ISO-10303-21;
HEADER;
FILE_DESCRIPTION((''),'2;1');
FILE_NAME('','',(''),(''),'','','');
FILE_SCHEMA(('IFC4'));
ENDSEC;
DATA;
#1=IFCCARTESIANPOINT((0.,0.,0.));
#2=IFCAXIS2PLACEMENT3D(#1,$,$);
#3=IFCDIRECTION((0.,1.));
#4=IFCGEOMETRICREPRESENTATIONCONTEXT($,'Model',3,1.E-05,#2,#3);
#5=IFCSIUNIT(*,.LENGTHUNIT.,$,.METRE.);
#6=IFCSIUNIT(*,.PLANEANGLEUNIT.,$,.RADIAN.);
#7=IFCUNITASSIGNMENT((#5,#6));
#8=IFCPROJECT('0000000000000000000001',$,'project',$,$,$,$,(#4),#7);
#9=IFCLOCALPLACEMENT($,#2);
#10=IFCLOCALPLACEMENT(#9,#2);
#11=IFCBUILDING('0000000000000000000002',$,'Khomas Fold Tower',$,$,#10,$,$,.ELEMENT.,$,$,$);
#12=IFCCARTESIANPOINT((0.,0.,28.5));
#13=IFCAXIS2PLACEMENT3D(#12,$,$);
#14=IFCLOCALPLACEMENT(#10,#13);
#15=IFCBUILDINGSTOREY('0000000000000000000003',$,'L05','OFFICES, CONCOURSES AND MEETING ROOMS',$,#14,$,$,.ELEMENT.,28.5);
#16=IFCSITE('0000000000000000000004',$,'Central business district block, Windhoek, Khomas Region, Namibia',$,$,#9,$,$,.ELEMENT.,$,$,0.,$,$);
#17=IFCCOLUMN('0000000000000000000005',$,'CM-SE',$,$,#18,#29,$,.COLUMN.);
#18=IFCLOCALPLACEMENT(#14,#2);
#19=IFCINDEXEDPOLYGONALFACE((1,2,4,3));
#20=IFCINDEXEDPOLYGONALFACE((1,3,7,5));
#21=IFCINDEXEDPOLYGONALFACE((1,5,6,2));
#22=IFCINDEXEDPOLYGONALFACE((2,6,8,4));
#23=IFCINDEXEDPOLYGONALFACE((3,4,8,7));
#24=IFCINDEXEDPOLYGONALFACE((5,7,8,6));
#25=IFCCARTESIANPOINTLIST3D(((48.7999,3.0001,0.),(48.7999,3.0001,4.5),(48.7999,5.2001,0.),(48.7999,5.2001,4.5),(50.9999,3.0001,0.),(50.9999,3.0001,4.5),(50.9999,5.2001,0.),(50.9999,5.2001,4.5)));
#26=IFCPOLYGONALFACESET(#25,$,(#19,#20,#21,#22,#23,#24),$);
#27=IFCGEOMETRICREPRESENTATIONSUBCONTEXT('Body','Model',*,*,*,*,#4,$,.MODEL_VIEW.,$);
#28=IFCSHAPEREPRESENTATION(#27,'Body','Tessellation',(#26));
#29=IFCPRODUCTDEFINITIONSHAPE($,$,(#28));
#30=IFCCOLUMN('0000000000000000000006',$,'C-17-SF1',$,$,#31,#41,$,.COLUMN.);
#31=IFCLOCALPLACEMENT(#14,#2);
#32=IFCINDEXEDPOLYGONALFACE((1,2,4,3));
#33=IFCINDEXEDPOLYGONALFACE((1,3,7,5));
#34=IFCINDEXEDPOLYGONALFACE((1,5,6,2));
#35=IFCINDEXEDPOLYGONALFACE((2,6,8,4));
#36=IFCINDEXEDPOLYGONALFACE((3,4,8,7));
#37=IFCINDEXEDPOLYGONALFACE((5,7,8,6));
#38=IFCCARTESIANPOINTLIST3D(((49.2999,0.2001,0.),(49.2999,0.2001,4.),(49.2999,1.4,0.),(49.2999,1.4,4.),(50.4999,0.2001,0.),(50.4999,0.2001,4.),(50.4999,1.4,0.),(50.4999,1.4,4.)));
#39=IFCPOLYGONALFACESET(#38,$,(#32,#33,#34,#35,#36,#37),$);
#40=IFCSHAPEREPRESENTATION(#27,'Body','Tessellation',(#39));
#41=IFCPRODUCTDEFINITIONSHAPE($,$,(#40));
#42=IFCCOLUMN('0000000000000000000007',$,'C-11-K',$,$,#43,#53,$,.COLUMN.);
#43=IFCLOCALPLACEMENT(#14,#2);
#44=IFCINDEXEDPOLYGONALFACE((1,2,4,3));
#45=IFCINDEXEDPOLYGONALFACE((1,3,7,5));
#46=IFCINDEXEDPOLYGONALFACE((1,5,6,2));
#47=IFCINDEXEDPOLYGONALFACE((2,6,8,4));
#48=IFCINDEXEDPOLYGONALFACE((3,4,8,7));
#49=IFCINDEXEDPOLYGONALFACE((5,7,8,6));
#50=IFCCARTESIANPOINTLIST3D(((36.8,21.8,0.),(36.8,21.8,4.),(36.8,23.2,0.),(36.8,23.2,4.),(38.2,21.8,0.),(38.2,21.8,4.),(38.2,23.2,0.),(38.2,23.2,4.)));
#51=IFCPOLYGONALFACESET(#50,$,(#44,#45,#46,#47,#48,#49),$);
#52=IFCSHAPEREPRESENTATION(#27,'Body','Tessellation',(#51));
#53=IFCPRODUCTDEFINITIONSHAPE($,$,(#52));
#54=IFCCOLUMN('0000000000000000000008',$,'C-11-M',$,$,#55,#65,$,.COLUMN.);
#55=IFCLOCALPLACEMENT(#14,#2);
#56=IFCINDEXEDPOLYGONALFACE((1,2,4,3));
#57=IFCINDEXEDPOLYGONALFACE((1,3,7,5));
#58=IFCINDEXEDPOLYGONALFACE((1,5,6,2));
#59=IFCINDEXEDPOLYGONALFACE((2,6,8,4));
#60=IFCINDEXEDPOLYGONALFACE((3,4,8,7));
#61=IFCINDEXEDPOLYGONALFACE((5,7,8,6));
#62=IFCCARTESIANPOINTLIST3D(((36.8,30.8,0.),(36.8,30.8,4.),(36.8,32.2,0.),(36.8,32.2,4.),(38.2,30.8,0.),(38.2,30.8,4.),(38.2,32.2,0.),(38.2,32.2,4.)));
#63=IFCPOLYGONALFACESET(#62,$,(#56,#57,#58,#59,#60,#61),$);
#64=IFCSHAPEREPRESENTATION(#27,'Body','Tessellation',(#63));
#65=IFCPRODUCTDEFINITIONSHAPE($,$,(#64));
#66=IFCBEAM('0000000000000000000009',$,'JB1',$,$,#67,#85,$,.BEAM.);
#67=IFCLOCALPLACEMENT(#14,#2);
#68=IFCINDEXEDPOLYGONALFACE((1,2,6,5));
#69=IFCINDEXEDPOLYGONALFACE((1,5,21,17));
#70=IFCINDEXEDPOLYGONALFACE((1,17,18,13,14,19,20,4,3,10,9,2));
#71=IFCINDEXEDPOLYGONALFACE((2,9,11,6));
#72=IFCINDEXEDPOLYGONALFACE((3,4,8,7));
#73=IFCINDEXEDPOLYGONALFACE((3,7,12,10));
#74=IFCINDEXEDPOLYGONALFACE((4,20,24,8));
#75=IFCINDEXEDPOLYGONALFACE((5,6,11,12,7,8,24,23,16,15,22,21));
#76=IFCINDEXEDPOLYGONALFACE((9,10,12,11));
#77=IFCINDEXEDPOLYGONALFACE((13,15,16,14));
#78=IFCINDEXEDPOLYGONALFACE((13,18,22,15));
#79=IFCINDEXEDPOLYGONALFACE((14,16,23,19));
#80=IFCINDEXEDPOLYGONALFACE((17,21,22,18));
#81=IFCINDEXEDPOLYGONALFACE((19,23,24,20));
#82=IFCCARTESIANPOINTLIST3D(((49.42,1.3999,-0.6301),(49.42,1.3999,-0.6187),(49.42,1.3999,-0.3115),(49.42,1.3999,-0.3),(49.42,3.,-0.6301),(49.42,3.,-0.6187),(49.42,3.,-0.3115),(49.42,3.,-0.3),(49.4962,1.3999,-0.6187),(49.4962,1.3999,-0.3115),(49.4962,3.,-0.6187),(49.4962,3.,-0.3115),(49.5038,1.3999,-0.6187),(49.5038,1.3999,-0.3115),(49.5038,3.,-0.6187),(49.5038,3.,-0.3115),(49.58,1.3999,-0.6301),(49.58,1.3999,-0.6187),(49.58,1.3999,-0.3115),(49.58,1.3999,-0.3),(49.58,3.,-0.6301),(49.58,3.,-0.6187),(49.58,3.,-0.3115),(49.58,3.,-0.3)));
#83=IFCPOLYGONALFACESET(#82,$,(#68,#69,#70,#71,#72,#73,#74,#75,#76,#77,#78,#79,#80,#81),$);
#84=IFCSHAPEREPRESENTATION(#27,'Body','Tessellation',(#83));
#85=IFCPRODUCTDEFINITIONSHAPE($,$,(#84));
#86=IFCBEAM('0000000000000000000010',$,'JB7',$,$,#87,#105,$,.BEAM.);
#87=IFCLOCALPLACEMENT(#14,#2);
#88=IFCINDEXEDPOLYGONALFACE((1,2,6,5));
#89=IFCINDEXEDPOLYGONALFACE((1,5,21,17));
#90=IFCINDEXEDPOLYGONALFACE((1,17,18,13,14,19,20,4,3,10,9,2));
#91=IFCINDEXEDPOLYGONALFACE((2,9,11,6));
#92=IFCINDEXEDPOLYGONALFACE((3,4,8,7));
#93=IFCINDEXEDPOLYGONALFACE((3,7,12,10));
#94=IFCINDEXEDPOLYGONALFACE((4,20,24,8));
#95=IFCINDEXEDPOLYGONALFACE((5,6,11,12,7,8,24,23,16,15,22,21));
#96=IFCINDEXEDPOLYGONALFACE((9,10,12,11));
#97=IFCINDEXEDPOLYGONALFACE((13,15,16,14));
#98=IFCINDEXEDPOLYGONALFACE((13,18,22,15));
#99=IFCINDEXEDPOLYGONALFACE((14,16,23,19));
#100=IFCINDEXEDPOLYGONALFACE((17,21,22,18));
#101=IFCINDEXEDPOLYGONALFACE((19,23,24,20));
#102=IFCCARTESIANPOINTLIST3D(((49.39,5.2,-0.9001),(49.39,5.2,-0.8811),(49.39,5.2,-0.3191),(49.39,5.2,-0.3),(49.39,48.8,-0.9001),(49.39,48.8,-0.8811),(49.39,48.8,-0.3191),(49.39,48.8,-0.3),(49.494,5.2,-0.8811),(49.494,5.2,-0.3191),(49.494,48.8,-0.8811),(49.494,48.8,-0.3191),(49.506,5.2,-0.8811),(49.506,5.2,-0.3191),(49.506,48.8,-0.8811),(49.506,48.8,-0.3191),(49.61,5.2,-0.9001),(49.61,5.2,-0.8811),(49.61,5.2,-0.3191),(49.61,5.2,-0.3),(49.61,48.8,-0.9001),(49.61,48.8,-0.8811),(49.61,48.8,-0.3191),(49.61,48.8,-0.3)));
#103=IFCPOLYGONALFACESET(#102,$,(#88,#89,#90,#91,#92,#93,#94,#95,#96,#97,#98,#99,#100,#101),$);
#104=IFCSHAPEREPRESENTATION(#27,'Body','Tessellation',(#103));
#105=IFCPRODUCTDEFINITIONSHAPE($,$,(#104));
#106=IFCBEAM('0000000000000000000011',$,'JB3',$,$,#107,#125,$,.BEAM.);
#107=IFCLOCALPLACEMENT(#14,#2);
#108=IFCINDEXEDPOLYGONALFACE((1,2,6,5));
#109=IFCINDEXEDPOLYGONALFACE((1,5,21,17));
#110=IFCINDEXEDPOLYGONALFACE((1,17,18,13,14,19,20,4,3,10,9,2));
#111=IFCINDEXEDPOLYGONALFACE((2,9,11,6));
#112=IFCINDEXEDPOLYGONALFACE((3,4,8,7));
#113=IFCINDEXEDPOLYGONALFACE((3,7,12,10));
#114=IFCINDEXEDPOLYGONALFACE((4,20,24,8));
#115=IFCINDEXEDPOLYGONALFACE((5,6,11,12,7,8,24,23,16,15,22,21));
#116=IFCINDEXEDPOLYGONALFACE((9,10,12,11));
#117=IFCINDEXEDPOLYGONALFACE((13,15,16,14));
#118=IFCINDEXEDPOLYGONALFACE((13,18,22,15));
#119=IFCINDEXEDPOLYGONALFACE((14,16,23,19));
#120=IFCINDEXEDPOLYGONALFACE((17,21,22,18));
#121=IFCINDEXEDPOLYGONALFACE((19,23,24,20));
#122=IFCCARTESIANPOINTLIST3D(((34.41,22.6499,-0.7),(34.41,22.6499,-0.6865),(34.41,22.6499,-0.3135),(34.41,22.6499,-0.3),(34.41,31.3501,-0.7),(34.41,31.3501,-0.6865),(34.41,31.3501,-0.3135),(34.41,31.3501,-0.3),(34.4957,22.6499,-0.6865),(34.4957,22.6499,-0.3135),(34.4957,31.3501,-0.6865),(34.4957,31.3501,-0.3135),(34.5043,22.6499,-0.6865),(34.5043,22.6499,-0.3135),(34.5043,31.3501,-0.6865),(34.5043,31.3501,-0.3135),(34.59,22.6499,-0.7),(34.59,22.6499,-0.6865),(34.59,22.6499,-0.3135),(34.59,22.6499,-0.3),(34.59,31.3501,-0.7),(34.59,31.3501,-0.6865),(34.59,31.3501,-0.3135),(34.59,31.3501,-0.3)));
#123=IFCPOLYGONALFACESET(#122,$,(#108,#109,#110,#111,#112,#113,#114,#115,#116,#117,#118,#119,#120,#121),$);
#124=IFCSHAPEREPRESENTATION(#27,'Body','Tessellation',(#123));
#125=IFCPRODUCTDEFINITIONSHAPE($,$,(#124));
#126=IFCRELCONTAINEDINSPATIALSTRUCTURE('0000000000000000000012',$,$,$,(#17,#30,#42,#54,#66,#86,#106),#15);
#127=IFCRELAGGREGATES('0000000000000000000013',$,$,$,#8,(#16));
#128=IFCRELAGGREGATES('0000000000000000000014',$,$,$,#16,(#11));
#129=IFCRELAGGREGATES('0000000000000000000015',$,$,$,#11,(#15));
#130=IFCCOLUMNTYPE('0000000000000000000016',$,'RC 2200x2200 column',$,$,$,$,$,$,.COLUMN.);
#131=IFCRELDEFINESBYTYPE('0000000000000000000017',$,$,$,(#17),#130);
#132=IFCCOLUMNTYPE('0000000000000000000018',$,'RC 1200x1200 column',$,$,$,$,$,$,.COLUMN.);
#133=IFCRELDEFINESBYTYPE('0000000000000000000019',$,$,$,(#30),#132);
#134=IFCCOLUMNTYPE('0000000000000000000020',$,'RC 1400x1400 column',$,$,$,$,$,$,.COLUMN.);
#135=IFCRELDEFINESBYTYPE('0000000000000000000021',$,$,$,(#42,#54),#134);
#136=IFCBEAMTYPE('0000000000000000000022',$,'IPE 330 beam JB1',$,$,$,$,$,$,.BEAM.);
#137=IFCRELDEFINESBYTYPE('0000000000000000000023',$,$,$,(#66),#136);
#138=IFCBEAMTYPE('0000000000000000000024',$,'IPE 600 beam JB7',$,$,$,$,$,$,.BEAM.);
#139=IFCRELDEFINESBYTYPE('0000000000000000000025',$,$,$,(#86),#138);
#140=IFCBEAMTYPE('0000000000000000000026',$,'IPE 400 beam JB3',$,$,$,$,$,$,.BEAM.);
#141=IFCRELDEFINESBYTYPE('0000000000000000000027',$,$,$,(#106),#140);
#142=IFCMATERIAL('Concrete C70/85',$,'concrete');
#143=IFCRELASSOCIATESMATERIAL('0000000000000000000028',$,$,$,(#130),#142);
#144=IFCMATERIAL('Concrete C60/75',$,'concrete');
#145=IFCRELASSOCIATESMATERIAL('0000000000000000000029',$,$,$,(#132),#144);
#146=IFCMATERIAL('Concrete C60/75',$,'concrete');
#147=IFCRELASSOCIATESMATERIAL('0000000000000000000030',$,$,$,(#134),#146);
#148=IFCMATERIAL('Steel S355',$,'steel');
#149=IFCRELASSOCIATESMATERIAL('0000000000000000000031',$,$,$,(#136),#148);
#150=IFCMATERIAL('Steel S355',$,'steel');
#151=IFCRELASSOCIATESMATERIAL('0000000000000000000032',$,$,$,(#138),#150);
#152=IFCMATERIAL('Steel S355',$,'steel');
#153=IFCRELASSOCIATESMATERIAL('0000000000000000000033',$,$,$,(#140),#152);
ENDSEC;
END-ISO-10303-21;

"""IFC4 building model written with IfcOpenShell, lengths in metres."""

from ifc_helpers import new_model, si_unit, direction, frame, origin, origin_2d, place, context, subcontext, project, spatial, rectangle, i_section, extrude, source, transform, mapped, material, material_profile, profile_set, type_object, element, save


model = new_model("IFC4")

# Units and contexts
model_context = context("Model", 3, precision=1e-05, world=origin(), true_north=direction((0.0, 1.0)))
body_context = subcontext(model_context, "Body", "Model", "MODEL_VIEW")
ifc_project = project(units=[si_unit("LENGTHUNIT", "METRE"), si_unit("PLANEANGLEUNIT", "RADIAN")], contexts=[model_context])

# Site, building, storey
site_placement = place(None, origin())
site = spatial("IfcSite", under=ifc_project, at=site_placement, Name="Central business district block, Windhoek, Khomas Region, Namibia", CompositionType="ELEMENT", RefElevation=0.0)
building_placement = place(site_placement, origin())
building = spatial("IfcBuilding", under=site, at=building_placement, Name="Khomas Fold Tower", CompositionType="ELEMENT")
storey_placement = place(building_placement, frame((0.0, 0.0, 28.5)))
storey = spatial("IfcBuildingStorey", under=building, at=storey_placement, Name="L05", Description="OFFICES, CONCOURSES AND MEETING ROOMS", CompositionType="ELEMENT", Elevation=28.5)

# Columns
ifc_material_1 = material(Name="Concrete C70/85", Category="concrete")
ifc_material_profile_1 = material_profile(ifc_material_1, rectangle(XDim=2.2, YDim=2.2, at=origin_2d()), Name="RC 2200x2200")
ifc_profile_set_1 = profile_set([ifc_material_profile_1], Name="Concrete C70/85")
column_type_1 = type_object("IfcColumnType", Name="RC 2200x2200 column", PredefinedType="COLUMN", material=ifc_profile_set_1)
shared_shape_1 = source(origin(), body_context, "Body", "SweptSolid", [
    extrude(rectangle(XDim=2.2, YDim=2.2, at=origin_2d()), origin(), (0.0, 0.0, 1.0), 4.5),
])
column_1_placement = place(storey_placement, frame((49.8999, 4.1001, 0.0), z_axis=(0.0, 0.0, 1.0), x_axis=(1.0, 0.0, 0.0)))
element("IfcColumn", 1, at=column_1_placement, inside=storey, type_object=column_type_1, Name="CM-SE", PredefinedType="COLUMN", context=body_context, shape_type="MappedRepresentation", body=[
    mapped(shared_shape_1, transform((0.0, 0.0, 0.0))),
])
ifc_material_2 = material(Name="Concrete C60/75", Category="concrete")
ifc_material_profile_2 = material_profile(ifc_material_2, rectangle(XDim=1.2, YDim=1.2, at=origin_2d()), Name="RC 1200x1200")
ifc_profile_set_2 = profile_set([ifc_material_profile_2], Name="Concrete C60/75")
column_type_2 = type_object("IfcColumnType", Name="RC 1200x1200 column", PredefinedType="COLUMN", material=ifc_profile_set_2)
shared_shape_2 = source(origin(), body_context, "Body", "SweptSolid", [
    extrude(rectangle(XDim=1.2, YDim=1.2, at=origin_2d()), origin(), (0.0, 0.0, 1.0), 4.0),
])
column_2_placement = place(storey_placement, frame((49.8999, 0.8, 0.0), z_axis=(0.0, 0.0, 1.0), x_axis=(1.0, 0.0, 0.0)))
element("IfcColumn", 2, at=column_2_placement, inside=storey, type_object=column_type_2, Name="C-17-SF1", PredefinedType="COLUMN", context=body_context, shape_type="MappedRepresentation", body=[
    mapped(shared_shape_2, transform((0.0, 0.0, 0.0))),
])
ifc_material_3 = material(Name="Concrete C60/75", Category="concrete")
ifc_material_profile_3 = material_profile(ifc_material_3, rectangle(XDim=1.3999, YDim=1.3999, at=origin_2d()), Name="RC 1400x1400")
ifc_profile_set_3 = profile_set([ifc_material_profile_3], Name="Concrete C60/75")
column_type_3 = type_object("IfcColumnType", Name="RC 1400x1400 column", PredefinedType="COLUMN", material=ifc_profile_set_3)
shared_shape_3 = source(origin(), body_context, "Body", "SweptSolid", [
    extrude(rectangle(XDim=1.3999, YDim=1.3999, at=origin_2d()), origin(), (0.0, 0.0, 1.0), 4.0),
])
for number, where, z_axis, x_axis, name in (
    (3, (37.5, 22.5, 0.0), (0.0, 0.0, 1.0), (1.0, 0.0, 0.0), "C-11-K"),
    (4, (37.5, 31.5, 0.0), (0.0, 0.0, 1.0), (1.0, 0.0, 0.0), "C-11-M"),
):
    element("IfcColumn", number, at=place(storey_placement, frame(where, z_axis=z_axis, x_axis=x_axis)), inside=storey, type_object=column_type_3, Name=name, PredefinedType="COLUMN", context=body_context, shape_type="MappedRepresentation", body=[
        mapped(shared_shape_3, transform((0.0, 0.0, 0.0))),
    ])

# Beams
ifc_material_4 = material(Name="Steel S355", Category="steel")
ifc_material_profile_4 = material_profile(ifc_material_4, i_section(OverallWidth=0.1599, OverallDepth=0.3301, WebThickness=0.0076, FlangeThickness=0.0115, at=origin_2d()), Name="IPE 330")
ifc_profile_set_4 = profile_set([ifc_material_profile_4], Name="Steel S355")
beam_type_1 = type_object("IfcBeamType", Name="IPE 330 beam JB1", PredefinedType="BEAM", material=ifc_profile_set_4)
shared_shape_4 = source(origin(), body_context, "Body", "SweptSolid", [
    extrude(i_section(OverallWidth=0.1599, OverallDepth=0.3301, WebThickness=0.0076, FlangeThickness=0.0115, at=origin_2d()), origin(), (0.0, 0.0, 1.0), 1.6001),
])
beam_1_placement = place(storey_placement, frame((49.5, 1.3999, -0.4651), z_axis=(0.0, 1.0, 0.0), x_axis=(-1.0, 0.0, 0.0)))
element("IfcBeam", 5, at=beam_1_placement, inside=storey, type_object=beam_type_1, Name="JB1", PredefinedType="BEAM", context=body_context, shape_type="MappedRepresentation", body=[
    mapped(shared_shape_4, transform((0.0, 0.0, 0.0))),
])
ifc_material_5 = material(Name="Steel S355", Category="steel")
ifc_material_profile_5 = material_profile(ifc_material_5, i_section(OverallWidth=0.22, OverallDepth=0.6001, WebThickness=0.012, FlangeThickness=0.019, at=origin_2d()), Name="IPE 600")
ifc_profile_set_5 = profile_set([ifc_material_profile_5], Name="Steel S355")
beam_type_2 = type_object("IfcBeamType", Name="IPE 600 beam JB7", PredefinedType="BEAM", material=ifc_profile_set_5)
shared_shape_5 = source(origin(), body_context, "Body", "SweptSolid", [
    extrude(i_section(OverallWidth=0.22, OverallDepth=0.6001, WebThickness=0.012, FlangeThickness=0.019, at=origin_2d()), origin(), (0.0, 0.0, 1.0), 43.6001),
])
beam_2_placement = place(storey_placement, frame((49.5, 5.2, -0.6001), z_axis=(0.0, 1.0, 0.0), x_axis=(-1.0, 0.0, 0.0)))
element("IfcBeam", 6, at=beam_2_placement, inside=storey, type_object=beam_type_2, Name="JB7", PredefinedType="BEAM", context=body_context, shape_type="MappedRepresentation", body=[
    mapped(shared_shape_5, transform((0.0, 0.0, 0.0))),
])
ifc_material_6 = material(Name="Steel S355", Category="steel")
ifc_material_profile_6 = material_profile(ifc_material_6, i_section(OverallWidth=0.1799, OverallDepth=0.3999, WebThickness=0.0085, FlangeThickness=0.0134, at=origin_2d()), Name="IPE 400")
ifc_profile_set_6 = profile_set([ifc_material_profile_6], Name="Steel S355")
beam_type_3 = type_object("IfcBeamType", Name="IPE 400 beam JB3", PredefinedType="BEAM", material=ifc_profile_set_6)
shared_shape_6 = source(origin(), body_context, "Body", "SweptSolid", [
    extrude(i_section(OverallWidth=0.1799, OverallDepth=0.3999, WebThickness=0.0085, FlangeThickness=0.0134, at=origin_2d()), origin(), (0.0, 0.0, 1.0), 8.7002),
])
beam_3_placement = place(storey_placement, frame((34.5, 22.6499, -0.5), z_axis=(0.0, 1.0, 0.0), x_axis=(-1.0, 0.0, 0.0)))
element("IfcBeam", 7, at=beam_3_placement, inside=storey, type_object=beam_type_3, Name="JB3", PredefinedType="BEAM", context=body_context, shape_type="MappedRepresentation", body=[
    mapped(shared_shape_6, transform((0.0, 0.0, 0.0))),
])

save(model, "model.ifc")
